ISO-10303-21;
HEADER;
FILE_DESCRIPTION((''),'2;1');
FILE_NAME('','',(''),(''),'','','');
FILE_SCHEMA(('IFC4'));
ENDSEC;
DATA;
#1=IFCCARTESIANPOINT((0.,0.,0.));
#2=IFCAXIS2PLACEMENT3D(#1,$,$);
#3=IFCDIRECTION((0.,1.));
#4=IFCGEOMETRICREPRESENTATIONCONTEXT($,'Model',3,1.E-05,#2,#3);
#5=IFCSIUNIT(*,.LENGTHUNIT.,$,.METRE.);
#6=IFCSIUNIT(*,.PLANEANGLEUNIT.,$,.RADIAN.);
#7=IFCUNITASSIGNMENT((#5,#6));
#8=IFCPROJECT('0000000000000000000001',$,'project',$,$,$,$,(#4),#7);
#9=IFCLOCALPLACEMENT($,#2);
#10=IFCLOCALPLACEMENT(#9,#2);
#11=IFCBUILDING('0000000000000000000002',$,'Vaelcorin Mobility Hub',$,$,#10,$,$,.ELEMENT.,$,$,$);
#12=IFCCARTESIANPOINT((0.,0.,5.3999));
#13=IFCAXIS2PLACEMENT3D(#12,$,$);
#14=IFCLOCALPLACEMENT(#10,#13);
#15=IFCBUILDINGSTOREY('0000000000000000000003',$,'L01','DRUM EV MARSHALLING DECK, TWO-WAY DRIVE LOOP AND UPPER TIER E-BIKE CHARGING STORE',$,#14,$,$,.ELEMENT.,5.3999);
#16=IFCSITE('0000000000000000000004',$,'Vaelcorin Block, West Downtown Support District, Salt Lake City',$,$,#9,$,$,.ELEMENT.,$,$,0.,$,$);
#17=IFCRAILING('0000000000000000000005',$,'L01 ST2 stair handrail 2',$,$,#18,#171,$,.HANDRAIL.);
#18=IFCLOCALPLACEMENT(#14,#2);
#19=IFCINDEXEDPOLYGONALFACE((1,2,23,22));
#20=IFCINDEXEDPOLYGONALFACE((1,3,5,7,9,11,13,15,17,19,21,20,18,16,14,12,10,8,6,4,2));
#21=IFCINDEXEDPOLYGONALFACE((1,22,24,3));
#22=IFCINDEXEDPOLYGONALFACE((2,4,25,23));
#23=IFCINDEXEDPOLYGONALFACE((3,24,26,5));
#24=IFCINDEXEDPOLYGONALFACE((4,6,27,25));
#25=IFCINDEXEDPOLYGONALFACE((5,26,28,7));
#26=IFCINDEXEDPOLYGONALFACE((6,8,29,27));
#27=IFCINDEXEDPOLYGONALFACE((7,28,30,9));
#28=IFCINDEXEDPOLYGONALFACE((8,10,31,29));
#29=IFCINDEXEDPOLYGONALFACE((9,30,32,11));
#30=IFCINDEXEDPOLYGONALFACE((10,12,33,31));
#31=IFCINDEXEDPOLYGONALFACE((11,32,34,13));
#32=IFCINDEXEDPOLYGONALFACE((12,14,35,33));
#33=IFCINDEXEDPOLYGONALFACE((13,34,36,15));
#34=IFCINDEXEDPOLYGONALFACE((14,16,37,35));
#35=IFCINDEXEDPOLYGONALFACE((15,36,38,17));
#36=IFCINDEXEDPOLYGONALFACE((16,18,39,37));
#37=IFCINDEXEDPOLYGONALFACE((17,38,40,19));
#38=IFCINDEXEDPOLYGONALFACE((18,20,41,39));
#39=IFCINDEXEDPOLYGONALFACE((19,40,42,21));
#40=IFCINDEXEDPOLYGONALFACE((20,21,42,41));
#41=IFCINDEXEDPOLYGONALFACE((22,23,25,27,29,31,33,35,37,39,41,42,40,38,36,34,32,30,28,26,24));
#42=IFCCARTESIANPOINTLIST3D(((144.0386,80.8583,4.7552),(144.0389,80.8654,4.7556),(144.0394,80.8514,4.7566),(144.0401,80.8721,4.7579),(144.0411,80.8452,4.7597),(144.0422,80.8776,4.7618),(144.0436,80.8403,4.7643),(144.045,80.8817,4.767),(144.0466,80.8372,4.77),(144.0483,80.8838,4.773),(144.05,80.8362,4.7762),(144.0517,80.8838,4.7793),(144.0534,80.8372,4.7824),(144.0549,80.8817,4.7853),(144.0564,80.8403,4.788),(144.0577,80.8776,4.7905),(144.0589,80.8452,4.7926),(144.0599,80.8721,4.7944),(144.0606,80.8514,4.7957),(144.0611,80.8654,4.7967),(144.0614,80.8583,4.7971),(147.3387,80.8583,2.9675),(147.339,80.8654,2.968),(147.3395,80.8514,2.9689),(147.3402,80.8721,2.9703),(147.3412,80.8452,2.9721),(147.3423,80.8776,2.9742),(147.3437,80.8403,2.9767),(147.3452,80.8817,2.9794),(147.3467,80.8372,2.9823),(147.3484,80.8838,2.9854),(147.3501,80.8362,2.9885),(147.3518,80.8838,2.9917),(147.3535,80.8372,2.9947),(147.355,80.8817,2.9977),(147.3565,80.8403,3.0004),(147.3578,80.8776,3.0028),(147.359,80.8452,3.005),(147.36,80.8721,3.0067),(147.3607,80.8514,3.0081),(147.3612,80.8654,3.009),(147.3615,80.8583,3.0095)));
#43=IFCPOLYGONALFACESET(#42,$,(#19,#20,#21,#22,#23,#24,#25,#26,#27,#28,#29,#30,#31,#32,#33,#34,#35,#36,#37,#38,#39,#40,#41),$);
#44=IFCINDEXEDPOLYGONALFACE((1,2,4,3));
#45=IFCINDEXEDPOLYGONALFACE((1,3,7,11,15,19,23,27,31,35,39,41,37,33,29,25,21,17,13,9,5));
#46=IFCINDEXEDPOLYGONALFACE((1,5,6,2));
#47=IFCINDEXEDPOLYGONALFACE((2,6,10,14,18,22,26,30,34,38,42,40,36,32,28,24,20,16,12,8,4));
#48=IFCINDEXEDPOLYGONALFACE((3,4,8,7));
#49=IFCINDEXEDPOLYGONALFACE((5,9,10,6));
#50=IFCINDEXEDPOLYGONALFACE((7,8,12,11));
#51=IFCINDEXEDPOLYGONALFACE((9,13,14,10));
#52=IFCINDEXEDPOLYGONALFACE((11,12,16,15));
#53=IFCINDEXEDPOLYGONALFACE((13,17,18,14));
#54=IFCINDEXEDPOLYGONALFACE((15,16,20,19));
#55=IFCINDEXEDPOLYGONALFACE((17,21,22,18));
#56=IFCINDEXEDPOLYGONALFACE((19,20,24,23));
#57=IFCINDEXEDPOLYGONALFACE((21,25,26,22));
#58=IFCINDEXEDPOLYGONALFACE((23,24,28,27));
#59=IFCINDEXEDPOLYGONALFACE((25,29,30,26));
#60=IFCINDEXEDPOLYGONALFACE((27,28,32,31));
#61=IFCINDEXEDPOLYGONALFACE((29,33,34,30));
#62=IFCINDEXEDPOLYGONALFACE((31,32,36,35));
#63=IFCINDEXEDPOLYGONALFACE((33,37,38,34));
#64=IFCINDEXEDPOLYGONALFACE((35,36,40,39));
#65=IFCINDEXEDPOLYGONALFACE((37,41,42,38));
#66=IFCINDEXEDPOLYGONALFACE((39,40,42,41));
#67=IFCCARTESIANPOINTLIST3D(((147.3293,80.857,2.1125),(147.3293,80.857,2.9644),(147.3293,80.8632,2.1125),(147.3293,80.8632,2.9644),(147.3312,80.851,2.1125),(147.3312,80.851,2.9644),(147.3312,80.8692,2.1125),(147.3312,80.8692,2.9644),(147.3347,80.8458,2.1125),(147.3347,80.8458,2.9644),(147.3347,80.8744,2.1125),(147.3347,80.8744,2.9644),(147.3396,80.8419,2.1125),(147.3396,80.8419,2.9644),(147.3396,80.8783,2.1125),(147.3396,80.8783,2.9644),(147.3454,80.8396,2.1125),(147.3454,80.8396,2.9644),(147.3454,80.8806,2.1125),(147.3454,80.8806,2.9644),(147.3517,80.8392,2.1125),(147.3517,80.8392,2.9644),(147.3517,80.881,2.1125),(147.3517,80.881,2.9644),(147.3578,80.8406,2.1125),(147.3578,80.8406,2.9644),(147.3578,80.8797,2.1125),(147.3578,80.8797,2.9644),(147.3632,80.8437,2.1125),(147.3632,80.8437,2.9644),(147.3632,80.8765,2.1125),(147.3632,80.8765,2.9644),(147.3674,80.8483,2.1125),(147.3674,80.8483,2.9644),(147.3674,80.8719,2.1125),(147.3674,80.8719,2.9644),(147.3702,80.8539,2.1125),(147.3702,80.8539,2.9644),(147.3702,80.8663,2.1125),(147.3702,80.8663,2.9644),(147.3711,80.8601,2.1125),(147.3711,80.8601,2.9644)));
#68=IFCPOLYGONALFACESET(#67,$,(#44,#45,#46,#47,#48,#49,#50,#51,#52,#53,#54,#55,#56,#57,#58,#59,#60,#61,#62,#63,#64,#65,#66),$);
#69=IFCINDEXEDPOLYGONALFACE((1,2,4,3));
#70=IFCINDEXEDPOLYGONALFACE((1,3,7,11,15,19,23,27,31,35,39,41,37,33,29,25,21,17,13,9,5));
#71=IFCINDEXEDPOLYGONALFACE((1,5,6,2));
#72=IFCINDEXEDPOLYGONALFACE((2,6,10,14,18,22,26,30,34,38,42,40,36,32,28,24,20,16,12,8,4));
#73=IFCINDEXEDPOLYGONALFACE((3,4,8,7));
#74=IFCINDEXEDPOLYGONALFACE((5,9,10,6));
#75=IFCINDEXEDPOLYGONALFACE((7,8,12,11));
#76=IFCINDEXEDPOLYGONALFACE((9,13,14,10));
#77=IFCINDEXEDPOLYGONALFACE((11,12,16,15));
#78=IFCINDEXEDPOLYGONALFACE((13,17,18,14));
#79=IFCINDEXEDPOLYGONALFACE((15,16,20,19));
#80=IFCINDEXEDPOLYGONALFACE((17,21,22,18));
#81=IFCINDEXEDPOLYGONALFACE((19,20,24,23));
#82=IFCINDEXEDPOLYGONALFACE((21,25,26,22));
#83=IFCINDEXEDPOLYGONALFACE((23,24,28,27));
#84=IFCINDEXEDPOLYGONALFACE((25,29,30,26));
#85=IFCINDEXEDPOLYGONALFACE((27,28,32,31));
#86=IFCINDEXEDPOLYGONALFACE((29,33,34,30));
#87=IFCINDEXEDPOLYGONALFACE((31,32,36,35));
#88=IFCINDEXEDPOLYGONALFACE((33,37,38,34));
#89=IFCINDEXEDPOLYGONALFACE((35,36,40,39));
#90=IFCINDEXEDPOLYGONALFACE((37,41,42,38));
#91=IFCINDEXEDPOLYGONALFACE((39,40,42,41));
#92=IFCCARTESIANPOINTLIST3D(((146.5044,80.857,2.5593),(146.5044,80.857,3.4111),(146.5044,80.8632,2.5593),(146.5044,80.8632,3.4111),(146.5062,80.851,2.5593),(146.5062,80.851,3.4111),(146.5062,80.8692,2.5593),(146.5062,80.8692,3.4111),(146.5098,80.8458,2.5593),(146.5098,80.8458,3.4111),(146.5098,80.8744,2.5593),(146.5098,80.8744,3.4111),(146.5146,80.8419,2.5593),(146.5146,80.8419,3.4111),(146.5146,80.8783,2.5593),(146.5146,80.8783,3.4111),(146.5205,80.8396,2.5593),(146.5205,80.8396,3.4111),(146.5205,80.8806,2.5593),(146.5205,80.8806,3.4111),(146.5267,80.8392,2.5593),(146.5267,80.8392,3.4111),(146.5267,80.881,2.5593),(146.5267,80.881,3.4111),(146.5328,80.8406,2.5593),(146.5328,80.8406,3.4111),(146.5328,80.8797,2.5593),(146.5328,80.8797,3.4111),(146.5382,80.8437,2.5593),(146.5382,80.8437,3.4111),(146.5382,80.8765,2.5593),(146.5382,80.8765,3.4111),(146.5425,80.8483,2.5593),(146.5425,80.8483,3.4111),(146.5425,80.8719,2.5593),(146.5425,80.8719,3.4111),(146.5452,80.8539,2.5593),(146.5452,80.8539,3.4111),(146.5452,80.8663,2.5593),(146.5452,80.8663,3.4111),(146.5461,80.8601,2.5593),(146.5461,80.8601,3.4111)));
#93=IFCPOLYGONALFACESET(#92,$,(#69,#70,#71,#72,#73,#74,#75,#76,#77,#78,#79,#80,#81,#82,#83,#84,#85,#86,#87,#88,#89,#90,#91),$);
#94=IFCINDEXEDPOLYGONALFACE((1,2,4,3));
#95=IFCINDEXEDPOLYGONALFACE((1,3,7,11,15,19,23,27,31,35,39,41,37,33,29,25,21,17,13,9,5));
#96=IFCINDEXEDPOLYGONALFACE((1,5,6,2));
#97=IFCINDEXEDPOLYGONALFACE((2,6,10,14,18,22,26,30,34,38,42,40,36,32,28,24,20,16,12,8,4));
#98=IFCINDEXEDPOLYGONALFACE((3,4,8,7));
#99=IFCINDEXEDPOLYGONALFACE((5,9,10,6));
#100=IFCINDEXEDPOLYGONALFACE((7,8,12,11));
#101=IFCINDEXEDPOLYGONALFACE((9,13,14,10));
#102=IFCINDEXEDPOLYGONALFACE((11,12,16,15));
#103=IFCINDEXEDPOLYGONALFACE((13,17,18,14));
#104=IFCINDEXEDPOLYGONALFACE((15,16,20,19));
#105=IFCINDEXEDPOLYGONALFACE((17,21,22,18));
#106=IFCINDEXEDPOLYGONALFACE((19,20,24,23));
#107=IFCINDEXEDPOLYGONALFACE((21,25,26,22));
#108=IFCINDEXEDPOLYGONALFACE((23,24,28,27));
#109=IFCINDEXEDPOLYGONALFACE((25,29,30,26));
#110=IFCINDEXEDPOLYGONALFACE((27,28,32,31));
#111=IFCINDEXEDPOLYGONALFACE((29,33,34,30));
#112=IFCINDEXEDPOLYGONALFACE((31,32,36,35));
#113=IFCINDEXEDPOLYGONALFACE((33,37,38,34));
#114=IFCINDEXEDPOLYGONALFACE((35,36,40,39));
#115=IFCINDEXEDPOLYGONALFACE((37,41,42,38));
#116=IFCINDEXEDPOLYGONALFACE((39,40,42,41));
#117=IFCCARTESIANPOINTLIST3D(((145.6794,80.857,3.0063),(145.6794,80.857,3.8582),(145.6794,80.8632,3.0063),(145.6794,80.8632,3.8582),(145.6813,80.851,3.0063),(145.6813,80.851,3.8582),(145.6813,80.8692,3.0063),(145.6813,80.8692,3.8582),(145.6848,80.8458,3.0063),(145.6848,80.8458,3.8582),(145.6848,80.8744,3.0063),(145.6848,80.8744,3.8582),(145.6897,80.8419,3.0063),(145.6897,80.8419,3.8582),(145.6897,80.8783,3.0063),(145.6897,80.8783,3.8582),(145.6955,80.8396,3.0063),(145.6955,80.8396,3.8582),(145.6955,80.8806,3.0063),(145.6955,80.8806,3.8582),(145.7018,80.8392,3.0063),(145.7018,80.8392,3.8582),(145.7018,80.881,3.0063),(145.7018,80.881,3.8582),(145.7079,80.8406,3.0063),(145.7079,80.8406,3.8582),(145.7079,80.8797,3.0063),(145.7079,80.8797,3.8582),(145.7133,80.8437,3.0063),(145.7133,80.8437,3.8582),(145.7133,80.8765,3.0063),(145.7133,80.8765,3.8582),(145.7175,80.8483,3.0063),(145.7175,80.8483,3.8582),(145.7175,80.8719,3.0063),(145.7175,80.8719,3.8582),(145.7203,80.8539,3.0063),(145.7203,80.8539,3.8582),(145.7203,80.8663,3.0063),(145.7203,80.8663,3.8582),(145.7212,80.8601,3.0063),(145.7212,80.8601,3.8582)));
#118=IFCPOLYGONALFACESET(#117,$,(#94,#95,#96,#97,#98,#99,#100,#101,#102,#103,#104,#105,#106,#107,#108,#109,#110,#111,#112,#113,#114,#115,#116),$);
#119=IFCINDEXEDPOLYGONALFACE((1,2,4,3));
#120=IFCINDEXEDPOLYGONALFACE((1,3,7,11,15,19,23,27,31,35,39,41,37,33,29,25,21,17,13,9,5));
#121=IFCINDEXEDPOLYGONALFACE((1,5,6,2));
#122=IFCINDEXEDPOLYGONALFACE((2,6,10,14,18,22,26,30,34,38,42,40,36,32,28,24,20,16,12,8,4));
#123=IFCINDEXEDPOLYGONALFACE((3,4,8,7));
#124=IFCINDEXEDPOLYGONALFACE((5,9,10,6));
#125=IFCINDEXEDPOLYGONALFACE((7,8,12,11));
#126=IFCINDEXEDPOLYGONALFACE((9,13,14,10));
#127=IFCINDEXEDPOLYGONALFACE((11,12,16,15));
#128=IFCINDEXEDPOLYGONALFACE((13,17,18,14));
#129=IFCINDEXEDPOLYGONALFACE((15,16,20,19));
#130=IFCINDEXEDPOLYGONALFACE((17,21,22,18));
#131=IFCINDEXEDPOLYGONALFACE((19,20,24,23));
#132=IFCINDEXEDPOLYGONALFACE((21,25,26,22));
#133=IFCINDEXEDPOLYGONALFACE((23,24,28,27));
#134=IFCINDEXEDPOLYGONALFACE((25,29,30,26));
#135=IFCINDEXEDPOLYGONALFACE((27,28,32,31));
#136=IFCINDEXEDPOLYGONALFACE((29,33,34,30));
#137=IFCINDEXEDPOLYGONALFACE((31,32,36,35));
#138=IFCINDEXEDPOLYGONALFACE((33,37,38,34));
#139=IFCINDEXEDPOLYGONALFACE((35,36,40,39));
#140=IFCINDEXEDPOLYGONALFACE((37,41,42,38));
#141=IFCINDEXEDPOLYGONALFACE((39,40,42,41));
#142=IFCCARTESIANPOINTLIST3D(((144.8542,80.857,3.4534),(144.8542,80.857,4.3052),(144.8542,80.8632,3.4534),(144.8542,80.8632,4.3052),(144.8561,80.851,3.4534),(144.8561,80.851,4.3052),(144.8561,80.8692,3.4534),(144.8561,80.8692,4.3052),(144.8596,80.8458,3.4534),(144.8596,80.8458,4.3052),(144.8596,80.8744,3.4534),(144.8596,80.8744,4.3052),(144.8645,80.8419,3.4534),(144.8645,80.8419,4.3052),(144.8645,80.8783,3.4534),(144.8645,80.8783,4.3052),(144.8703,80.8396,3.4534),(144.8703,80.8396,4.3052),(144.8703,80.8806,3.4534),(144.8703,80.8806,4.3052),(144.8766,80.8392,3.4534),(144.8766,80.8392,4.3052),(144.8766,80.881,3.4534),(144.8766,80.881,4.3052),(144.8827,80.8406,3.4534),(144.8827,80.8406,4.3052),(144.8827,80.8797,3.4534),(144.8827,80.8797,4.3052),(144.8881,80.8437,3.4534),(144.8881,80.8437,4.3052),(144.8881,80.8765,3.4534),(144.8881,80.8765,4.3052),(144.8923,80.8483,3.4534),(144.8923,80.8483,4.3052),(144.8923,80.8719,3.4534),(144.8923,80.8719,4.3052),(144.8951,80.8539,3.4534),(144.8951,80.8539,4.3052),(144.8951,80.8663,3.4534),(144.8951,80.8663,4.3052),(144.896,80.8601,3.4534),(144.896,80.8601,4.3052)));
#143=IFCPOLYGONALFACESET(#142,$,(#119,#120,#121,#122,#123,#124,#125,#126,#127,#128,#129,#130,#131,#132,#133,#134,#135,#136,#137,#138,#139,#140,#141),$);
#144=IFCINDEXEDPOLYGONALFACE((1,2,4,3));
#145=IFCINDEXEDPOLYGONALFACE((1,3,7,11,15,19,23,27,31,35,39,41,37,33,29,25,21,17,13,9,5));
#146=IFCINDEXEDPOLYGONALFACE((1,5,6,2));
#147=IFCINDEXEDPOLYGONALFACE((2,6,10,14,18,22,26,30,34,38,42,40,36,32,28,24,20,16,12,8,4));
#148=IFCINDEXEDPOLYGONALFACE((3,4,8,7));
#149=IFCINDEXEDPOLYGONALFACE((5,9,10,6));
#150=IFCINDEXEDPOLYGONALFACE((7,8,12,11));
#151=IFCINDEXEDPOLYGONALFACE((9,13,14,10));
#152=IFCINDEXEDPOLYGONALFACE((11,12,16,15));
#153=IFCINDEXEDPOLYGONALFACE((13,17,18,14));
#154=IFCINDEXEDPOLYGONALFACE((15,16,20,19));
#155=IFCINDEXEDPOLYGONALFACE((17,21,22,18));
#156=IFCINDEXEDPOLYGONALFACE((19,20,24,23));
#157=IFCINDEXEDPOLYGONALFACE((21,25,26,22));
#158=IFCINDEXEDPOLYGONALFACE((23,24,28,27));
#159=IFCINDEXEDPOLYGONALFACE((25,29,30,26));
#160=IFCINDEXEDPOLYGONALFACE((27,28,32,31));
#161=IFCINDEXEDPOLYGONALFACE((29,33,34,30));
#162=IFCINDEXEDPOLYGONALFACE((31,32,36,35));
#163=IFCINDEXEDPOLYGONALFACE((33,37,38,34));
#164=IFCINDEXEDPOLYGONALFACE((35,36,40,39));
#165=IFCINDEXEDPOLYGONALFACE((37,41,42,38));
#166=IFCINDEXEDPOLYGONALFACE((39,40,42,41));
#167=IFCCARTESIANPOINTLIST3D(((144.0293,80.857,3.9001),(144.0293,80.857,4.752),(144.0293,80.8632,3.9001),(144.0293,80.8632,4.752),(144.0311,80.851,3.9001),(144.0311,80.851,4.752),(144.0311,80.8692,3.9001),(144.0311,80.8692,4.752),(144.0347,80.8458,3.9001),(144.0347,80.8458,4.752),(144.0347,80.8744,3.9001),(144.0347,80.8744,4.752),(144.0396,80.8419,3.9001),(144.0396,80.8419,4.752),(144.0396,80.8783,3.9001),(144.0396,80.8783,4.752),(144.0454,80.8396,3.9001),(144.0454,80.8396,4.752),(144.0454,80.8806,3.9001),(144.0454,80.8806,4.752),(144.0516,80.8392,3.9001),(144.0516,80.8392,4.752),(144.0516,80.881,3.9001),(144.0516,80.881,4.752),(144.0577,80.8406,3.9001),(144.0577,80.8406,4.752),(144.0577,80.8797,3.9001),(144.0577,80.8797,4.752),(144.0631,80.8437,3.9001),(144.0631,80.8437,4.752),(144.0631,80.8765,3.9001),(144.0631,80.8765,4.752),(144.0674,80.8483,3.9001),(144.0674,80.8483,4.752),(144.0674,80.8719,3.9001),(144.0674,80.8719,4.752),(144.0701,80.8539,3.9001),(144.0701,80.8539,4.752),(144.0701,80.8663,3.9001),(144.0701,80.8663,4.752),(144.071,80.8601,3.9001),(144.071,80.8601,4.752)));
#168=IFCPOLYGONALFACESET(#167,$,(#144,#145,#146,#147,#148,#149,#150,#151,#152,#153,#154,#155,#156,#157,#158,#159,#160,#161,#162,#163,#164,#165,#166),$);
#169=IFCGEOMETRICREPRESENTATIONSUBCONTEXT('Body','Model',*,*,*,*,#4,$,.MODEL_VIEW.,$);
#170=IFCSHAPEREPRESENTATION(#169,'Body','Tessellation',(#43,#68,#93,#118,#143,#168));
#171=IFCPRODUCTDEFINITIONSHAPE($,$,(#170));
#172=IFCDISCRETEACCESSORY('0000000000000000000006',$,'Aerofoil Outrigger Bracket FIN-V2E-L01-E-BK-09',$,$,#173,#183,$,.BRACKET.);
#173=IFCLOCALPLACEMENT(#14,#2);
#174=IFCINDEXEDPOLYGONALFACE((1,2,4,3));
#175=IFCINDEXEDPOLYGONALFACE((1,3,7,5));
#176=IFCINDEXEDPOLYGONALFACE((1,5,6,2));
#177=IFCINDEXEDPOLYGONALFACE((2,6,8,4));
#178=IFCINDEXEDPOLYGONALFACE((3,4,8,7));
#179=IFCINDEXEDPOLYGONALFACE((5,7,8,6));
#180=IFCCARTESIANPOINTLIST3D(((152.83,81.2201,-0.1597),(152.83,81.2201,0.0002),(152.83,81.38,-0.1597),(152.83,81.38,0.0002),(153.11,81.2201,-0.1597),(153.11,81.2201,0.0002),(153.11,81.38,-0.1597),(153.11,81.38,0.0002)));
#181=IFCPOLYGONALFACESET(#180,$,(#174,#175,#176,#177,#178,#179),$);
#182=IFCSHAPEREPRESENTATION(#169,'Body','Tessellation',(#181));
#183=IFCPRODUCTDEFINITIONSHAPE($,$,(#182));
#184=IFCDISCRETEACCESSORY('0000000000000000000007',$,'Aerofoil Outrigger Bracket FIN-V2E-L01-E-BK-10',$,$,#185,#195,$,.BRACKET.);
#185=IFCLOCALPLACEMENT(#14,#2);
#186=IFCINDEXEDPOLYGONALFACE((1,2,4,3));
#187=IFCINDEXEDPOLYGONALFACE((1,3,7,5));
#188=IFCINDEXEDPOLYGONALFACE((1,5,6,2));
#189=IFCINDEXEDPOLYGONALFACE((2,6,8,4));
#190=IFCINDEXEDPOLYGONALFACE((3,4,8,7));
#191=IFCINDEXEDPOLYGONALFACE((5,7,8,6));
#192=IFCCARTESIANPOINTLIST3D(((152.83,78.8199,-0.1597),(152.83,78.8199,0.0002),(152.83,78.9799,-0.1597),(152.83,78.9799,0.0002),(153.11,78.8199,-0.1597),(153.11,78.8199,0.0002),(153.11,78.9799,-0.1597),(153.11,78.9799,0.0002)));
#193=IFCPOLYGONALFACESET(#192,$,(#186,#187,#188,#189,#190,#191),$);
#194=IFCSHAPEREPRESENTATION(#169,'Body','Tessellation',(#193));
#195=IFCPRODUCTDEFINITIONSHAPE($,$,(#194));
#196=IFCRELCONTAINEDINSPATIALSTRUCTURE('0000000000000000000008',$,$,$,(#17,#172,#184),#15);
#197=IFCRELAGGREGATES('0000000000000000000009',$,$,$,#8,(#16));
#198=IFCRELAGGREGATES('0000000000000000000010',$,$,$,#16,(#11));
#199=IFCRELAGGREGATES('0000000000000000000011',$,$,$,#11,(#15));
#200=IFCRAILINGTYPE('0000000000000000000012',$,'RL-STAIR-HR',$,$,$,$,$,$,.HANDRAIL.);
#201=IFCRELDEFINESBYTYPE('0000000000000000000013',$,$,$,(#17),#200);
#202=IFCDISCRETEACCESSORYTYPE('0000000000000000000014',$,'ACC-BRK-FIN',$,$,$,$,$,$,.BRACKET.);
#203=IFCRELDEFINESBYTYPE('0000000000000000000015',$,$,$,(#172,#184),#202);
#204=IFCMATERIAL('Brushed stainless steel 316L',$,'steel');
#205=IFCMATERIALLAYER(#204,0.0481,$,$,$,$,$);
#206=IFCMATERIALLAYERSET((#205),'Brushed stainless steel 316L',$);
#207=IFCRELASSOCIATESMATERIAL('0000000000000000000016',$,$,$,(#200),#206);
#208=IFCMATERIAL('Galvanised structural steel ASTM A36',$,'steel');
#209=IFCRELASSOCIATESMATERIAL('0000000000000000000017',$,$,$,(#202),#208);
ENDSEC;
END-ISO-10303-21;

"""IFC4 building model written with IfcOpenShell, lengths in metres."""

from ifc_helpers import new_model, si_unit, direction, frame, origin, origin_2d, place, context, subcontext, project, spatial, rectangle, circle, extrude, material, layer, layer_set, type_object, element, save


model = new_model("IFC4")

# Units and contexts
model_context = context("Model", 3, precision=1e-05, world=origin(), true_north=direction((0.0, 1.0)))
body_context = subcontext(model_context, "Body", "Model", "MODEL_VIEW")
ifc_project = project(units=[si_unit("LENGTHUNIT", "METRE"), si_unit("PLANEANGLEUNIT", "RADIAN")], contexts=[model_context])

# Site, building, storey
site_placement = place(None, origin())
site = spatial("IfcSite", under=ifc_project, at=site_placement, Name="Vaelcorin Block, West Downtown Support District, Salt Lake City", CompositionType="ELEMENT", RefElevation=0.0)
building_placement = place(site_placement, origin())
building = spatial("IfcBuilding", under=site, at=building_placement, Name="Vaelcorin Mobility Hub", CompositionType="ELEMENT")
storey_placement = place(building_placement, frame((0.0, 0.0, 5.3999)))
storey = spatial("IfcBuildingStorey", under=building, at=storey_placement, Name="L01", Description="DRUM EV MARSHALLING DECK, TWO-WAY DRIVE LOOP AND UPPER TIER E-BIKE CHARGING STORE", CompositionType="ELEMENT", Elevation=5.3999)

# Railing
ifc_material_1 = material(Name="Galvanised structural steel ASTM A36", Category="steel")
ifc_material_2 = material(Name="Brushed stainless steel 316L", Category="steel")
ifc_layer_1 = layer(ifc_material_2, 0.0481)
ifc_layer_set_1 = layer_set([ifc_layer_1], Name="Brushed stainless steel 316L")
railing_type_1 = type_object("IfcRailingType", Name="RL-STAIR-HR", PredefinedType="HANDRAIL", material=ifc_layer_set_1)
railing_1_placement = place(storey_placement, frame((147.3501, 80.8601, 2.1125)))
element("IfcRailing", 1, at=railing_1_placement, inside=storey, type_object=railing_type_1, Name="L01 ST2 stair handrail 2", PredefinedType="HANDRAIL", context=body_context, shape_type="SweptSolid", body=[
    extrude(circle(Radius=0.0239, at=origin_2d()), frame((0.0, 0.0, 0.876), z_axis=(-0.879284, 0.0, 0.476298), x_axis=(0.0, -1.0, 0.0)), (0.0, 0.0, 1.0), 3.7532),
    extrude(circle(Radius=0.021, at=origin_2d()), origin(), (0.0, 0.0, 1.0), 0.8518),
    extrude(circle(Radius=0.021, at=origin_2d()), frame((-0.825, 0.0, 0.4468)), (0.0, 0.0, 1.0), 0.8518),
    extrude(circle(Radius=0.021, at=origin_2d()), frame((-1.6499, 0.0, 0.8938)), (0.0, 0.0, 1.0), 0.8518),
    extrude(circle(Radius=0.021, at=origin_2d()), frame((-2.4751, 0.0, 1.3408)), (0.0, 0.0, 1.0), 0.8518),
    extrude(circle(Radius=0.021, at=origin_2d()), frame((-3.3, 0.0, 1.7876)), (0.0, 0.0, 1.0), 0.8518),
])

# Discrete accessories
discrete_accessory_type = type_object("IfcDiscreteAccessoryType", Name="ACC-BRK-FIN", PredefinedType="BRACKET", material=ifc_material_1)
for number, where, z_axis, x_axis, name in (
    (2, (152.97, 81.3, -0.1597), (0.0, 0.0, 1.0), (1.0, 0.0, 0.0), "Aerofoil Outrigger Bracket FIN-V2E-L01-E-BK-09"),
    (3, (152.97, 78.8999, -0.1597), (0.0, 0.0, 1.0), (1.0, 0.0, 0.0), "Aerofoil Outrigger Bracket FIN-V2E-L01-E-BK-10"),
):
    element("IfcDiscreteAccessory", number, at=place(storey_placement, frame(where, z_axis=z_axis, x_axis=x_axis)), inside=storey, type_object=discrete_accessory_type, Name=name, PredefinedType="BRACKET", context=body_context, shape_type="SweptSolid", body=[
        extrude(rectangle(XDim=0.28, YDim=0.1599, at=origin_2d()), origin(), (0.0, 0.0, 1.0), 0.1599),
    ])

save(model, "model.ifc")
